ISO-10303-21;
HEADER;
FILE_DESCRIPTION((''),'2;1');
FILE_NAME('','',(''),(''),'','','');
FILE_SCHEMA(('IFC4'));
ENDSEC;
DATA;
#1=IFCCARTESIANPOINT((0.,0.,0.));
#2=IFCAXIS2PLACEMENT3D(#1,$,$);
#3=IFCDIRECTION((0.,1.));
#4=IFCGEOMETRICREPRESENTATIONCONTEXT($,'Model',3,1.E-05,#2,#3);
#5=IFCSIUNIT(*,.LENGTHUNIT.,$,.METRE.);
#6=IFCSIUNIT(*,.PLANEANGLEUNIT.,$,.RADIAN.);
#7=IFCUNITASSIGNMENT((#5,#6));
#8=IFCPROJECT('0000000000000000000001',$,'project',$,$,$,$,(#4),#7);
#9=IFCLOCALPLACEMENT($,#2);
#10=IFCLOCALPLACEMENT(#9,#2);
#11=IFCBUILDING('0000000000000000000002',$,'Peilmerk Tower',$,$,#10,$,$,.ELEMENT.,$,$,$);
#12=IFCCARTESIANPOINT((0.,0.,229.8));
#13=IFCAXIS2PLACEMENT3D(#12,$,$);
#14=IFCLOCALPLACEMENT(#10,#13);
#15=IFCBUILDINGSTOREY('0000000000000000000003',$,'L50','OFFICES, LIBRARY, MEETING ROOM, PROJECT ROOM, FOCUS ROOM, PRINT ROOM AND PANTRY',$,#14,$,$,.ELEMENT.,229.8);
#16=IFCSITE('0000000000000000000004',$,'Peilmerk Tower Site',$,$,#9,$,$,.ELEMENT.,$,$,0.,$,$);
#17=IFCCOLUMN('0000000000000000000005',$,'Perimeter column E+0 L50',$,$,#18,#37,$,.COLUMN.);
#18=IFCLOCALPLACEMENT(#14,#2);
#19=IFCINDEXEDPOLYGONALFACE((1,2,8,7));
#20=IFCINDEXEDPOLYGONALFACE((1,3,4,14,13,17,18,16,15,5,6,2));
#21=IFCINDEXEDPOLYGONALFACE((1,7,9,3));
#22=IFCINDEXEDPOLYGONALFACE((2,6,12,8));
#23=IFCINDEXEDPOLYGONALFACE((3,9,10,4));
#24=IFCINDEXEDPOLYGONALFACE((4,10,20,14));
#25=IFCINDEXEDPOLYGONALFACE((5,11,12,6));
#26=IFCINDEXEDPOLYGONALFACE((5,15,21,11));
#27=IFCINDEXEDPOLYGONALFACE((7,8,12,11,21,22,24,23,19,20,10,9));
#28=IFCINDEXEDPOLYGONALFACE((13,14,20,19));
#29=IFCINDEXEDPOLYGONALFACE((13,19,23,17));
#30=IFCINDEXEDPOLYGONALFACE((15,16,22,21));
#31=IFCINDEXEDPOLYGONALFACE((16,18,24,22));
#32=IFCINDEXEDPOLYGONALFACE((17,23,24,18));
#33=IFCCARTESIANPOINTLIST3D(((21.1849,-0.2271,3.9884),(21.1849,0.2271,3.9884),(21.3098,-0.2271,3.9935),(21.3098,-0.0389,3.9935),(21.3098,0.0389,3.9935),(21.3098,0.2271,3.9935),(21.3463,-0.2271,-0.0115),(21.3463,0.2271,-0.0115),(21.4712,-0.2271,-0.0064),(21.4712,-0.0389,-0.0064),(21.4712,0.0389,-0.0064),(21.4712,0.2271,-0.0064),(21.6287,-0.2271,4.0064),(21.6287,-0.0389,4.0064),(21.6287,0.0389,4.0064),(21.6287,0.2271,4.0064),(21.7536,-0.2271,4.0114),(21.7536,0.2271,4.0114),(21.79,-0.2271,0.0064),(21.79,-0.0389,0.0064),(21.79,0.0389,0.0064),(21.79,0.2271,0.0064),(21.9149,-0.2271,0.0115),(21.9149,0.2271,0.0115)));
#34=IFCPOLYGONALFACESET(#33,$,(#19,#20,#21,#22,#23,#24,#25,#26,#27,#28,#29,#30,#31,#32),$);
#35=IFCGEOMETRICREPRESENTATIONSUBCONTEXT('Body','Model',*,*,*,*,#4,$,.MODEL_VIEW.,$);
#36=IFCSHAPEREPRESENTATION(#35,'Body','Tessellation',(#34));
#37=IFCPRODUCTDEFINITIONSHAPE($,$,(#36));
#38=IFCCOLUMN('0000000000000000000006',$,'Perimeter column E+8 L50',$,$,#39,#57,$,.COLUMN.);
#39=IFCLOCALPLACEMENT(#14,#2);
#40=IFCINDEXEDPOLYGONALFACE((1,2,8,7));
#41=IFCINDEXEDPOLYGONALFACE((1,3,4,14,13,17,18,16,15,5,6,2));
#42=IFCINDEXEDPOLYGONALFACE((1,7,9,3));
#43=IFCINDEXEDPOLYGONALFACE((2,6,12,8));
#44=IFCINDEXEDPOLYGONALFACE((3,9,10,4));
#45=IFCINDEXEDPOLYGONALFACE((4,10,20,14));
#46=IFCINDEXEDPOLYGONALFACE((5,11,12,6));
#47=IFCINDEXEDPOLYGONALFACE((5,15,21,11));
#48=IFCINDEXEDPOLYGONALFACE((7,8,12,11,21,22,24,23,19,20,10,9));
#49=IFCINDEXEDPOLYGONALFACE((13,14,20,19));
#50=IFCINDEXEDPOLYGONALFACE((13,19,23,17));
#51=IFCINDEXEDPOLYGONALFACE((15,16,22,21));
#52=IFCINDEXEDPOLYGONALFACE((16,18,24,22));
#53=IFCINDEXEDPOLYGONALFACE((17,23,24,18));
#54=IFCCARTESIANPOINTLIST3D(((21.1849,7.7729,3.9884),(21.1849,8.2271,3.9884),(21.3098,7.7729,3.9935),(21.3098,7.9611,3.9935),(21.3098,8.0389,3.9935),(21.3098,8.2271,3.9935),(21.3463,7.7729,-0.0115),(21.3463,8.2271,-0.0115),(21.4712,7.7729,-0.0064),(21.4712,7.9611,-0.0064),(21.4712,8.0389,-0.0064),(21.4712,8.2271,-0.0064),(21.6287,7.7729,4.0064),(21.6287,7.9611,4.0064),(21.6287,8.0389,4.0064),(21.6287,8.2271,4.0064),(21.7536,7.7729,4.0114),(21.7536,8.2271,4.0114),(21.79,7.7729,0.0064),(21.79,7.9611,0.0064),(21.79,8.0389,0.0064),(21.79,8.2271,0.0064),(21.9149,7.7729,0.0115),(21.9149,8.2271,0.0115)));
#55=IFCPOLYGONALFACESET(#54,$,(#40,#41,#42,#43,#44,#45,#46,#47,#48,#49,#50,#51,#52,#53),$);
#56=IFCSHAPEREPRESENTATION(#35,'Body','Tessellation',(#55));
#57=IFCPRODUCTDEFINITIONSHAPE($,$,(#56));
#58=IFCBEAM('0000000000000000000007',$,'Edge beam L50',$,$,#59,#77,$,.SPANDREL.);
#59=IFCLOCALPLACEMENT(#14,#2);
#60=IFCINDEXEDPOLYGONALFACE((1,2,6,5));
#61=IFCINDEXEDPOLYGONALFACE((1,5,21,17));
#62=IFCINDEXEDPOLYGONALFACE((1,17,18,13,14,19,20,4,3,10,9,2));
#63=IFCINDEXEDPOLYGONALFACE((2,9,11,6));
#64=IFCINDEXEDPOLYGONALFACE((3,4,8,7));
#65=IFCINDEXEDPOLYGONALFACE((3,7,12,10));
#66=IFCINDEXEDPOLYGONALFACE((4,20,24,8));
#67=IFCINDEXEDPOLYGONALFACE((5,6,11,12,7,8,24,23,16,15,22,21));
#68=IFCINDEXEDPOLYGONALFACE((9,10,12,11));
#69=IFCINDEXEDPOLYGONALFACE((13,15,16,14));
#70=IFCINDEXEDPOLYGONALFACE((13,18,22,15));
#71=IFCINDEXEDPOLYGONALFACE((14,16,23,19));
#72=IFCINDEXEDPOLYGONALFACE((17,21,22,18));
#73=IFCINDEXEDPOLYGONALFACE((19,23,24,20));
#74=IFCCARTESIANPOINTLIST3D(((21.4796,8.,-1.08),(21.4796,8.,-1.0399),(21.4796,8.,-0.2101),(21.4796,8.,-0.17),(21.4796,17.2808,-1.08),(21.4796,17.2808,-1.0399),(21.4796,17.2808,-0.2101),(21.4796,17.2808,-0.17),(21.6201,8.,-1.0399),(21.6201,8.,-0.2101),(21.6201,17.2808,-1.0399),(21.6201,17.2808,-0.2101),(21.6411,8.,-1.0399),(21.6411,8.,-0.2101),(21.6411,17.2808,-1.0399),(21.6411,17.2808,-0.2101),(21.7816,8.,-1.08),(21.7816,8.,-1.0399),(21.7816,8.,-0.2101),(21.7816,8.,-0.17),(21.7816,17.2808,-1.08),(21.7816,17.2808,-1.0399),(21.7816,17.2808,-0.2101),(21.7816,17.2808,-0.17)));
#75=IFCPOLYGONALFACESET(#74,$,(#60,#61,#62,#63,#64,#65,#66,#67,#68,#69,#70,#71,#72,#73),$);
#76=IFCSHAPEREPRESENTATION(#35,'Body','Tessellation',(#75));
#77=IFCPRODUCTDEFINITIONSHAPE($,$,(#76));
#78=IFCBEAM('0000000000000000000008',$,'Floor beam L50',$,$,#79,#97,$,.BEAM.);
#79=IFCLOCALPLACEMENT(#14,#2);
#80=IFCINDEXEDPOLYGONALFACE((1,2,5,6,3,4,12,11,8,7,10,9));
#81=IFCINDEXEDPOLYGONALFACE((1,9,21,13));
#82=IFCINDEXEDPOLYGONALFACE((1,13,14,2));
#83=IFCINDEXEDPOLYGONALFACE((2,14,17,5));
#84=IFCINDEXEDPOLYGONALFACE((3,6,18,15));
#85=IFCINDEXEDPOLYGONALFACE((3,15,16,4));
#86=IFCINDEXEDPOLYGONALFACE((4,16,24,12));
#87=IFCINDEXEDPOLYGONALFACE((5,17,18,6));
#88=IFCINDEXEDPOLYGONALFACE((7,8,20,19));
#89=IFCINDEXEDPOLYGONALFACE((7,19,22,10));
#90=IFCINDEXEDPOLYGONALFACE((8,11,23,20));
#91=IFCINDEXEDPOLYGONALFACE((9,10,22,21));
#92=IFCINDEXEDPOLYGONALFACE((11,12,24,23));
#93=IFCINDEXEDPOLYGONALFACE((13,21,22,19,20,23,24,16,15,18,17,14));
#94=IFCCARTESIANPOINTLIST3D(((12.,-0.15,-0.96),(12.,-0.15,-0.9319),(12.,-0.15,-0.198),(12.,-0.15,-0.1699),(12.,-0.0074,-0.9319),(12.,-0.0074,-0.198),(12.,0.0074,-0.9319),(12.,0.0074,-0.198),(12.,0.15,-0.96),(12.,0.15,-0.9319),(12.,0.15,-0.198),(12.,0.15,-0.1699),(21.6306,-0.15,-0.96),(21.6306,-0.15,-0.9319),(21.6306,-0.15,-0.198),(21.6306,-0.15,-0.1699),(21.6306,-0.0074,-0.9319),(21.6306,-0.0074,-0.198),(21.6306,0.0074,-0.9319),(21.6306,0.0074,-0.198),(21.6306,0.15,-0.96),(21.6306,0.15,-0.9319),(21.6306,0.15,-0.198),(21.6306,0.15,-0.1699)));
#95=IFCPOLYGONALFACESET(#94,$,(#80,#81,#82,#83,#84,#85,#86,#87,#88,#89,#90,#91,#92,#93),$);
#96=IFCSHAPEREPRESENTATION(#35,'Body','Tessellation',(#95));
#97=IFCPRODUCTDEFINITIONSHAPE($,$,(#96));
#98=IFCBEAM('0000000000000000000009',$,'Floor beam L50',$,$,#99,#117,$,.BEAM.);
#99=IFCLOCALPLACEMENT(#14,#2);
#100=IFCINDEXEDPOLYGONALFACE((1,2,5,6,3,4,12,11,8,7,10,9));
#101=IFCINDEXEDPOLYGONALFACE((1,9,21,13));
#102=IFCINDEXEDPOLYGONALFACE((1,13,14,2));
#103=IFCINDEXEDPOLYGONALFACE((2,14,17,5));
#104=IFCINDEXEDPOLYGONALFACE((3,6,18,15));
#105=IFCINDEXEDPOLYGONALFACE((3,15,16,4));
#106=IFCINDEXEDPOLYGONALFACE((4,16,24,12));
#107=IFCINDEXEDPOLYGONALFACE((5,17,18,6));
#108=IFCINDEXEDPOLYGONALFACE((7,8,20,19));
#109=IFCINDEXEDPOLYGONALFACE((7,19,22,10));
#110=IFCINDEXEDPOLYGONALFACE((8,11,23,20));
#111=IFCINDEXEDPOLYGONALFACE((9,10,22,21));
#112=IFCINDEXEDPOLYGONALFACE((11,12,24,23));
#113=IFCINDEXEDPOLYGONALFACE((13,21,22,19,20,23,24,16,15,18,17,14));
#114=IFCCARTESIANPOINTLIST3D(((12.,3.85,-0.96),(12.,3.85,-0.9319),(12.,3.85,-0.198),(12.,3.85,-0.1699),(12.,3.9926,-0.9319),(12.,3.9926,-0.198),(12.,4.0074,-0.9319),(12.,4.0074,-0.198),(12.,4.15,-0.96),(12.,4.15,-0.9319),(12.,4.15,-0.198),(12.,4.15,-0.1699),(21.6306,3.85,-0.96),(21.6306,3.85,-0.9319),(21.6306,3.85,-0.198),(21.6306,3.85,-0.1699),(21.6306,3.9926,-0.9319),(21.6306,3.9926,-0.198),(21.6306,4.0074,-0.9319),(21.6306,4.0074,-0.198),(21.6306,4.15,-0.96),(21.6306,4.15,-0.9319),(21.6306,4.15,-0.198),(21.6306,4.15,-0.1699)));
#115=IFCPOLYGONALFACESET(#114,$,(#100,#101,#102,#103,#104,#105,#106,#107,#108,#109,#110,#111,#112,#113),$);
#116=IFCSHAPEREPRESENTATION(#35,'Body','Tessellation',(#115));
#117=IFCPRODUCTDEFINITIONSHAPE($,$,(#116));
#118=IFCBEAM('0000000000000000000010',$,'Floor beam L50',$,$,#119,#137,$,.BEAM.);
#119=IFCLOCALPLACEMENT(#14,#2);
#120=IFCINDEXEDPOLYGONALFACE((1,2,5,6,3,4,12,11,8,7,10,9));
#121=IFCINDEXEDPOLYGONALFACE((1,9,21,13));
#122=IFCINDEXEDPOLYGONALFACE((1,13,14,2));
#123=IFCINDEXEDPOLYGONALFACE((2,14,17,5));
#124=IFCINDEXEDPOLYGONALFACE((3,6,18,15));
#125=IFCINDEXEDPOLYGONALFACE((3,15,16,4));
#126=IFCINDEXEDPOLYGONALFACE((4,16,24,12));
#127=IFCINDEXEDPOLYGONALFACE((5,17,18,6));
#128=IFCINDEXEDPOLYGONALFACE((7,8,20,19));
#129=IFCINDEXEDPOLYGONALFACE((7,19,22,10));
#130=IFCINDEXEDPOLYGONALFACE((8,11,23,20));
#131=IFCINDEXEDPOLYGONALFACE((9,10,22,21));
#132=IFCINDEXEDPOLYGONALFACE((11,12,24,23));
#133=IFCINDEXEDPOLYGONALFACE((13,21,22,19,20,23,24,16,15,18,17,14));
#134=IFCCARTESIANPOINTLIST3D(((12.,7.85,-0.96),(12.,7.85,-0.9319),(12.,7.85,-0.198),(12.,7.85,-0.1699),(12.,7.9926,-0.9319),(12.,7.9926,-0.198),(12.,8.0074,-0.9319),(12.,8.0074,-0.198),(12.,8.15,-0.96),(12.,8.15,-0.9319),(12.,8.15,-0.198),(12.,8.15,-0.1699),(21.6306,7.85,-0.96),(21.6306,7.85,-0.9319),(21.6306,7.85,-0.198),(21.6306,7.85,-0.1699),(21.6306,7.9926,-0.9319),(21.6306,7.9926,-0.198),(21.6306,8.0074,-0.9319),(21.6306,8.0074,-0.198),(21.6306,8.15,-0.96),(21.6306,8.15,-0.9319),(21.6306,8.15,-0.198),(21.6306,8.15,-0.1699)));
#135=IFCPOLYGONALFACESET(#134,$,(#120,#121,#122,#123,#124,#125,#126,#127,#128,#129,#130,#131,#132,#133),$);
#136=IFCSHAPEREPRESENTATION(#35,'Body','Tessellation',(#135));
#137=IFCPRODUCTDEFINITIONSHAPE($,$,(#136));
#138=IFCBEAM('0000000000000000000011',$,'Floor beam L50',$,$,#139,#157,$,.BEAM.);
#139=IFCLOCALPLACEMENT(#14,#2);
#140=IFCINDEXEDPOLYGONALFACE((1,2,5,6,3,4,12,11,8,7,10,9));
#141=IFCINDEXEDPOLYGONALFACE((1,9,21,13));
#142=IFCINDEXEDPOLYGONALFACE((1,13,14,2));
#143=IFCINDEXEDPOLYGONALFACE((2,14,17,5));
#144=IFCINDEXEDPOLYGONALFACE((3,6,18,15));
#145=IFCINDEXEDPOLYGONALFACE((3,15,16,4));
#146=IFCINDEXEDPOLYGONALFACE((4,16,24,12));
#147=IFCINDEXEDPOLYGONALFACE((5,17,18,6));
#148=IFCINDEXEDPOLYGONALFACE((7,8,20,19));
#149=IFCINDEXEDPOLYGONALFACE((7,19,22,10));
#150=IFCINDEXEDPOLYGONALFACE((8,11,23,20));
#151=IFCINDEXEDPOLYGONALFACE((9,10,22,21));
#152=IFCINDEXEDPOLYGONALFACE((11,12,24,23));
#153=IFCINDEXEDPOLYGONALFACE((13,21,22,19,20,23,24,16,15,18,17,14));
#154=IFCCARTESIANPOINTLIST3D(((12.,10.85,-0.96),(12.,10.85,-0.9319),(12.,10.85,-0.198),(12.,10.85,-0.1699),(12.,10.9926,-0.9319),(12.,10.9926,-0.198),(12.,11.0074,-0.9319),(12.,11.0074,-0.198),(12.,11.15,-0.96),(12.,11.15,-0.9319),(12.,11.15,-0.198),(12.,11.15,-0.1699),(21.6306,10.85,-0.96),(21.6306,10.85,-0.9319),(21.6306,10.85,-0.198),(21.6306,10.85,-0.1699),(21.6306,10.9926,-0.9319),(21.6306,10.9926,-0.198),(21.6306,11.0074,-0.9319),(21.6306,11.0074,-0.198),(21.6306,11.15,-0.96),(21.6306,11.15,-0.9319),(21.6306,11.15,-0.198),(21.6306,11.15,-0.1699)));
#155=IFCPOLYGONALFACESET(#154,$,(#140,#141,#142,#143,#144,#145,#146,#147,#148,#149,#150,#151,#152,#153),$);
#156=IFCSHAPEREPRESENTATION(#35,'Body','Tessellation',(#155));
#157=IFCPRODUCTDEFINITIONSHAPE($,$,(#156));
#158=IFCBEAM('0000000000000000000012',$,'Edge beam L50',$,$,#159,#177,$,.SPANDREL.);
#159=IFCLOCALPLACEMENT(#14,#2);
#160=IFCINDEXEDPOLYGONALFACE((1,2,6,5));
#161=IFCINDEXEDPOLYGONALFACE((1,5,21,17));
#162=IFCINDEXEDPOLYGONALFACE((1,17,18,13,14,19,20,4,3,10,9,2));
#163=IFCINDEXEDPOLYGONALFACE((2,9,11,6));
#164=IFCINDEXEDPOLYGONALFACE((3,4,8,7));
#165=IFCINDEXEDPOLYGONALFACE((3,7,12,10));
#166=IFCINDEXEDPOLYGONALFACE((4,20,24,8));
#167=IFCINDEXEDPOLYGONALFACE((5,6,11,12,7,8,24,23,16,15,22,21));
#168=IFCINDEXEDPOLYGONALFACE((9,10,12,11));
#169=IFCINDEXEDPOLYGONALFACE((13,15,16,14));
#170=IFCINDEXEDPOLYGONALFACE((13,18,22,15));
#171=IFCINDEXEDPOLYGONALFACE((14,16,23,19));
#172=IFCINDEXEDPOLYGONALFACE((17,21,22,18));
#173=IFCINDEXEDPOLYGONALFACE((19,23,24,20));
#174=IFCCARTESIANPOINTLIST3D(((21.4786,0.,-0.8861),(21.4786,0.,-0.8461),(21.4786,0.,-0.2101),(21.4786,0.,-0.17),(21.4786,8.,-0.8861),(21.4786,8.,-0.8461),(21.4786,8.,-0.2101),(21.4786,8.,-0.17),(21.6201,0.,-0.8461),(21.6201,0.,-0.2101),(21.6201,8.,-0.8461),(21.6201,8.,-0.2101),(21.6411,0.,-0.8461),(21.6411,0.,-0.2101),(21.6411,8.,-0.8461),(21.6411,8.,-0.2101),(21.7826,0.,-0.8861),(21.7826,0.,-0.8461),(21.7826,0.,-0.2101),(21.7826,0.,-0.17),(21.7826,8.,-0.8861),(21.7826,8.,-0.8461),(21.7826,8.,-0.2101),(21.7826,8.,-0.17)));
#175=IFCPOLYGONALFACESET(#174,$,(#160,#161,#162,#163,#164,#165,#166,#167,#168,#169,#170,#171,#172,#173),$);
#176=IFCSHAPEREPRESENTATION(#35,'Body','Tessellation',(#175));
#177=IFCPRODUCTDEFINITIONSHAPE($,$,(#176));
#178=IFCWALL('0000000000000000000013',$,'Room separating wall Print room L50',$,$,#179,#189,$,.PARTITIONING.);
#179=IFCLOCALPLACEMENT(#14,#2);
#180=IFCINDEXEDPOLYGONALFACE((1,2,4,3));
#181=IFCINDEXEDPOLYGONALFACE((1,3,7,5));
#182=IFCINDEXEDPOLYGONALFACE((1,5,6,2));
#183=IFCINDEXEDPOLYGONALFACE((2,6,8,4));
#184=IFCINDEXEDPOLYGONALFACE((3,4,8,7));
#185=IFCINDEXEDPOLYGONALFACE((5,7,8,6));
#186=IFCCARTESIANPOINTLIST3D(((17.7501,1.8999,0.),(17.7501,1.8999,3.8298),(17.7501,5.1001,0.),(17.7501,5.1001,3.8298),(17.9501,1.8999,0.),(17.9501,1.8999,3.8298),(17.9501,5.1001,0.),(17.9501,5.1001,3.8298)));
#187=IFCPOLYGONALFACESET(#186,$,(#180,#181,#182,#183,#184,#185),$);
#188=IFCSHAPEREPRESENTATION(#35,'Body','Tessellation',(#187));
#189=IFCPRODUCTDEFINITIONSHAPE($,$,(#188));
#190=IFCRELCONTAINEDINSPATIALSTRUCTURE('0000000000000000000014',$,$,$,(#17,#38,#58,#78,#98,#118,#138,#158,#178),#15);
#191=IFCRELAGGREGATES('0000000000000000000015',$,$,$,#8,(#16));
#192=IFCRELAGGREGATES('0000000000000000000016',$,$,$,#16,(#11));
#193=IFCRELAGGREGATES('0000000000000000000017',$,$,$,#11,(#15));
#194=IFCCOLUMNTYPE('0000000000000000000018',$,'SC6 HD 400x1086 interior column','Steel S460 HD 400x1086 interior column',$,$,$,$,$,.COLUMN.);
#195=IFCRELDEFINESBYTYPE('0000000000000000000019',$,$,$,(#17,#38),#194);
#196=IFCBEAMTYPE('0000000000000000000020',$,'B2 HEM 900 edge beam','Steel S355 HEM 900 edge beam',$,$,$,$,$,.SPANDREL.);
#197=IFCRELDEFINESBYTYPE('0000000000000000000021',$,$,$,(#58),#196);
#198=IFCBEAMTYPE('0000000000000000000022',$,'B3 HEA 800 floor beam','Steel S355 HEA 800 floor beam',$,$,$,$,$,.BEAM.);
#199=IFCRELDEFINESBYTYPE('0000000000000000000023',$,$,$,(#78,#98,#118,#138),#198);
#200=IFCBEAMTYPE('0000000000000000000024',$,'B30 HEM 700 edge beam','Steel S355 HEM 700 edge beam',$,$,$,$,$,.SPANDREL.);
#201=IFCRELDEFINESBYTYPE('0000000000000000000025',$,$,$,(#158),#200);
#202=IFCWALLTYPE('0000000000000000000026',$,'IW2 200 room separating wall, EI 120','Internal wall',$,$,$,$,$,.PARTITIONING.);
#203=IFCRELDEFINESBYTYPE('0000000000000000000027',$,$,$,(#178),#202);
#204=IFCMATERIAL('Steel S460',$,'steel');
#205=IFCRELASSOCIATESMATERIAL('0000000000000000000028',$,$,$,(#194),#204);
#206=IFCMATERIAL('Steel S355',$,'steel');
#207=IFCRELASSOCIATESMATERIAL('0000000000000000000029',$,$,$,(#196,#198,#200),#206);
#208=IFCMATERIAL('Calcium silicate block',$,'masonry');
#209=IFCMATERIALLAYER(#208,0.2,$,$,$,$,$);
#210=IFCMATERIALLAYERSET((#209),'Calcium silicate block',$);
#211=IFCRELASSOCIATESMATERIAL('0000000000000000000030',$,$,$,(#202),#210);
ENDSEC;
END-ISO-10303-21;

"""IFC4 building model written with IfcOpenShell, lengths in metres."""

from ifc_helpers import new_model, si_unit, direction, frame, frame_2d, origin, origin_2d, place, context, subcontext, project, spatial, rectangle, i_section, extrude, material, layer, layer_set, material_profile, profile_set, type_object, element, save


model = new_model("IFC4")

# Units and contexts
model_context = context("Model", 3, precision=1e-05, world=origin(), true_north=direction((0.0, 1.0)))
body_context = subcontext(model_context, "Body", "Model", "MODEL_VIEW")
ifc_project = project(units=[si_unit("LENGTHUNIT", "METRE"), si_unit("PLANEANGLEUNIT", "RADIAN")], contexts=[model_context])

# Site, building, storey
site_placement = place(None, origin())
site = spatial("IfcSite", under=ifc_project, at=site_placement, Name="Peilmerk Tower Site", CompositionType="ELEMENT", RefElevation=0.0)
building_placement = place(site_placement, origin())
building = spatial("IfcBuilding", under=site, at=building_placement, Name="Peilmerk Tower", CompositionType="ELEMENT")
storey_placement = place(building_placement, frame((0.0, 0.0, 229.8)))
storey = spatial("IfcBuildingStorey", under=building, at=storey_placement, Name="L50", Description="OFFICES, LIBRARY, MEETING ROOM, PROJECT ROOM, FOCUS ROOM, PRINT ROOM AND PANTRY", CompositionType="ELEMENT", Elevation=229.8)

# Columns
ifc_material_1 = material(Name="Steel S460", Category="steel")
ifc_material_profile_1 = material_profile(ifc_material_1, i_section(OverallWidth=0.4541, OverallDepth=0.5691, WebThickness=0.0779, FlangeThickness=0.125, at=origin_2d()), Name="HD 400x1086")
ifc_profile_set_1 = profile_set([ifc_material_profile_1], Name="Steel S460")
column_type = type_object("IfcColumnType", Name="SC6 HD 400x1086 interior column", Description="Steel S460 HD 400x1086 interior column", PredefinedType="COLUMN", material=ifc_profile_set_1)
for number, where, z_axis, x_axis, name in (
    (1, (21.6306, 0.0, 0.0), (-0.040311, 0.0, 0.999187), (0.0, -1.0, 0.0), "Perimeter column E+0 L50"),
    (2, (21.6306, 8.0, 0.0), (-0.040311, 0.0, 0.999187), (0.0, -1.0, 0.0), "Perimeter column E+8 L50"),
):
    element("IfcColumn", number, at=place(storey_placement, frame(where, z_axis=z_axis, x_axis=x_axis)), inside=storey, type_object=column_type, Name=name, PredefinedType="COLUMN", context=body_context, shape_type="SweptSolid", body=[
        extrude(i_section(OverallWidth=0.4541, OverallDepth=0.5691, WebThickness=0.0779, FlangeThickness=0.125, at=origin_2d()), origin(), (0.0, 0.0, 1.0), 4.0032),
    ])

# Beams
ifc_material_2 = material(Name="Steel S355", Category="steel")
ifc_material_profile_2 = material_profile(ifc_material_2, i_section(OverallWidth=0.302, OverallDepth=0.9099, WebThickness=0.021, FlangeThickness=0.04, at=origin_2d()), Name="HEM 900")
ifc_profile_set_2 = profile_set([ifc_material_profile_2], Name="Steel S355")
beam_type_1 = type_object("IfcBeamType", Name="B2 HEM 900 edge beam", Description="Steel S355 HEM 900 edge beam", PredefinedType="SPANDREL", material=ifc_profile_set_2)
beam_1_placement = place(storey_placement, frame((21.6306, 8.0, -0.625), z_axis=(0.0, 1.0, 0.0), x_axis=(-1.0, 0.0, 0.0)))
element("IfcBeam", 3, at=beam_1_placement, inside=storey, type_object=beam_type_1, Name="Edge beam L50", PredefinedType="SPANDREL", context=body_context, shape_type="SweptSolid", body=[
    extrude(i_section(OverallWidth=0.302, OverallDepth=0.9099, WebThickness=0.021, FlangeThickness=0.04, at=origin_2d()), origin(), (0.0, 0.0, 1.0), 9.2808),
])
ifc_material_profile_3 = material_profile(ifc_material_2, i_section(OverallWidth=0.3, OverallDepth=0.79, WebThickness=0.0149, FlangeThickness=0.0281, at=origin_2d()), Name="HEA 800")
ifc_profile_set_3 = profile_set([ifc_material_profile_3], Name="Steel S355")
beam_type_2 = type_object("IfcBeamType", Name="B3 HEA 800 floor beam", Description="Steel S355 HEA 800 floor beam", PredefinedType="BEAM", material=ifc_profile_set_3)
for number, where, z_axis, x_axis, name in (
    (4, (12.0, 0.0, -0.5649), (1.0, 0.0, 0.0), (0.0, 1.0, 0.0), "Floor beam L50"),
    (5, (12.0, 4.0, -0.5649), (1.0, 0.0, 0.0), (0.0, 1.0, 0.0), "Floor beam L50"),
    (6, (12.0, 8.0, -0.5649), (1.0, 0.0, 0.0), (0.0, 1.0, 0.0), "Floor beam L50"),
    (7, (12.0, 11.0, -0.5649), (1.0, 0.0, 0.0), (0.0, 1.0, 0.0), "Floor beam L50"),
):
    element("IfcBeam", number, at=place(storey_placement, frame(where, z_axis=z_axis, x_axis=x_axis)), inside=storey, type_object=beam_type_2, Name=name, PredefinedType="BEAM", context=body_context, shape_type="SweptSolid", body=[
        extrude(i_section(OverallWidth=0.3, OverallDepth=0.79, WebThickness=0.0149, FlangeThickness=0.0281, at=origin_2d()), origin(), (0.0, 0.0, 1.0), 9.6306),
    ])
ifc_material_profile_4 = material_profile(ifc_material_2, i_section(OverallWidth=0.304, OverallDepth=0.7161, WebThickness=0.021, FlangeThickness=0.04, at=origin_2d()), Name="HEM 700")
ifc_profile_set_4 = profile_set([ifc_material_profile_4], Name="Steel S355")
beam_type_3 = type_object("IfcBeamType", Name="B30 HEM 700 edge beam", Description="Steel S355 HEM 700 edge beam", PredefinedType="SPANDREL", material=ifc_profile_set_4)
beam_2_placement = place(storey_placement, frame((21.6306, 0.0, -0.5281), z_axis=(0.0, 1.0, 0.0), x_axis=(-1.0, 0.0, 0.0)))
element("IfcBeam", 8, at=beam_2_placement, inside=storey, type_object=beam_type_3, Name="Edge beam L50", PredefinedType="SPANDREL", context=body_context, shape_type="SweptSolid", body=[
    extrude(i_section(OverallWidth=0.304, OverallDepth=0.7161, WebThickness=0.021, FlangeThickness=0.04, at=origin_2d()), origin(), (0.0, 0.0, 1.0), 8.0),
])

# Wall
ifc_material_3 = material(Name="Calcium silicate block", Category="masonry")
ifc_layer_1 = layer(ifc_material_3, 0.2)
ifc_layer_set_1 = layer_set([ifc_layer_1], Name="Calcium silicate block")
wall_type_1 = type_object("IfcWallType", Name="IW2 200 room separating wall, EI 120", Description="Internal wall", PredefinedType="PARTITIONING", material=ifc_layer_set_1)
wall_1_placement = place(storey_placement, frame((17.8501, 1.8999, 0.0), z_axis=(0.0, 0.0, 1.0), x_axis=(0.0, 1.0, 0.0)))
element("IfcWall", 9, at=wall_1_placement, inside=storey, type_object=wall_type_1, Name="Room separating wall Print room L50", PredefinedType="PARTITIONING", context=body_context, shape_type="SweptSolid", body=[
    extrude(rectangle(XDim=3.2002, YDim=0.2, at=frame_2d((1.6001, 0.0))), origin(), (0.0, 0.0, 1.0), 3.8298),
])

save(model, "model.ifc")
